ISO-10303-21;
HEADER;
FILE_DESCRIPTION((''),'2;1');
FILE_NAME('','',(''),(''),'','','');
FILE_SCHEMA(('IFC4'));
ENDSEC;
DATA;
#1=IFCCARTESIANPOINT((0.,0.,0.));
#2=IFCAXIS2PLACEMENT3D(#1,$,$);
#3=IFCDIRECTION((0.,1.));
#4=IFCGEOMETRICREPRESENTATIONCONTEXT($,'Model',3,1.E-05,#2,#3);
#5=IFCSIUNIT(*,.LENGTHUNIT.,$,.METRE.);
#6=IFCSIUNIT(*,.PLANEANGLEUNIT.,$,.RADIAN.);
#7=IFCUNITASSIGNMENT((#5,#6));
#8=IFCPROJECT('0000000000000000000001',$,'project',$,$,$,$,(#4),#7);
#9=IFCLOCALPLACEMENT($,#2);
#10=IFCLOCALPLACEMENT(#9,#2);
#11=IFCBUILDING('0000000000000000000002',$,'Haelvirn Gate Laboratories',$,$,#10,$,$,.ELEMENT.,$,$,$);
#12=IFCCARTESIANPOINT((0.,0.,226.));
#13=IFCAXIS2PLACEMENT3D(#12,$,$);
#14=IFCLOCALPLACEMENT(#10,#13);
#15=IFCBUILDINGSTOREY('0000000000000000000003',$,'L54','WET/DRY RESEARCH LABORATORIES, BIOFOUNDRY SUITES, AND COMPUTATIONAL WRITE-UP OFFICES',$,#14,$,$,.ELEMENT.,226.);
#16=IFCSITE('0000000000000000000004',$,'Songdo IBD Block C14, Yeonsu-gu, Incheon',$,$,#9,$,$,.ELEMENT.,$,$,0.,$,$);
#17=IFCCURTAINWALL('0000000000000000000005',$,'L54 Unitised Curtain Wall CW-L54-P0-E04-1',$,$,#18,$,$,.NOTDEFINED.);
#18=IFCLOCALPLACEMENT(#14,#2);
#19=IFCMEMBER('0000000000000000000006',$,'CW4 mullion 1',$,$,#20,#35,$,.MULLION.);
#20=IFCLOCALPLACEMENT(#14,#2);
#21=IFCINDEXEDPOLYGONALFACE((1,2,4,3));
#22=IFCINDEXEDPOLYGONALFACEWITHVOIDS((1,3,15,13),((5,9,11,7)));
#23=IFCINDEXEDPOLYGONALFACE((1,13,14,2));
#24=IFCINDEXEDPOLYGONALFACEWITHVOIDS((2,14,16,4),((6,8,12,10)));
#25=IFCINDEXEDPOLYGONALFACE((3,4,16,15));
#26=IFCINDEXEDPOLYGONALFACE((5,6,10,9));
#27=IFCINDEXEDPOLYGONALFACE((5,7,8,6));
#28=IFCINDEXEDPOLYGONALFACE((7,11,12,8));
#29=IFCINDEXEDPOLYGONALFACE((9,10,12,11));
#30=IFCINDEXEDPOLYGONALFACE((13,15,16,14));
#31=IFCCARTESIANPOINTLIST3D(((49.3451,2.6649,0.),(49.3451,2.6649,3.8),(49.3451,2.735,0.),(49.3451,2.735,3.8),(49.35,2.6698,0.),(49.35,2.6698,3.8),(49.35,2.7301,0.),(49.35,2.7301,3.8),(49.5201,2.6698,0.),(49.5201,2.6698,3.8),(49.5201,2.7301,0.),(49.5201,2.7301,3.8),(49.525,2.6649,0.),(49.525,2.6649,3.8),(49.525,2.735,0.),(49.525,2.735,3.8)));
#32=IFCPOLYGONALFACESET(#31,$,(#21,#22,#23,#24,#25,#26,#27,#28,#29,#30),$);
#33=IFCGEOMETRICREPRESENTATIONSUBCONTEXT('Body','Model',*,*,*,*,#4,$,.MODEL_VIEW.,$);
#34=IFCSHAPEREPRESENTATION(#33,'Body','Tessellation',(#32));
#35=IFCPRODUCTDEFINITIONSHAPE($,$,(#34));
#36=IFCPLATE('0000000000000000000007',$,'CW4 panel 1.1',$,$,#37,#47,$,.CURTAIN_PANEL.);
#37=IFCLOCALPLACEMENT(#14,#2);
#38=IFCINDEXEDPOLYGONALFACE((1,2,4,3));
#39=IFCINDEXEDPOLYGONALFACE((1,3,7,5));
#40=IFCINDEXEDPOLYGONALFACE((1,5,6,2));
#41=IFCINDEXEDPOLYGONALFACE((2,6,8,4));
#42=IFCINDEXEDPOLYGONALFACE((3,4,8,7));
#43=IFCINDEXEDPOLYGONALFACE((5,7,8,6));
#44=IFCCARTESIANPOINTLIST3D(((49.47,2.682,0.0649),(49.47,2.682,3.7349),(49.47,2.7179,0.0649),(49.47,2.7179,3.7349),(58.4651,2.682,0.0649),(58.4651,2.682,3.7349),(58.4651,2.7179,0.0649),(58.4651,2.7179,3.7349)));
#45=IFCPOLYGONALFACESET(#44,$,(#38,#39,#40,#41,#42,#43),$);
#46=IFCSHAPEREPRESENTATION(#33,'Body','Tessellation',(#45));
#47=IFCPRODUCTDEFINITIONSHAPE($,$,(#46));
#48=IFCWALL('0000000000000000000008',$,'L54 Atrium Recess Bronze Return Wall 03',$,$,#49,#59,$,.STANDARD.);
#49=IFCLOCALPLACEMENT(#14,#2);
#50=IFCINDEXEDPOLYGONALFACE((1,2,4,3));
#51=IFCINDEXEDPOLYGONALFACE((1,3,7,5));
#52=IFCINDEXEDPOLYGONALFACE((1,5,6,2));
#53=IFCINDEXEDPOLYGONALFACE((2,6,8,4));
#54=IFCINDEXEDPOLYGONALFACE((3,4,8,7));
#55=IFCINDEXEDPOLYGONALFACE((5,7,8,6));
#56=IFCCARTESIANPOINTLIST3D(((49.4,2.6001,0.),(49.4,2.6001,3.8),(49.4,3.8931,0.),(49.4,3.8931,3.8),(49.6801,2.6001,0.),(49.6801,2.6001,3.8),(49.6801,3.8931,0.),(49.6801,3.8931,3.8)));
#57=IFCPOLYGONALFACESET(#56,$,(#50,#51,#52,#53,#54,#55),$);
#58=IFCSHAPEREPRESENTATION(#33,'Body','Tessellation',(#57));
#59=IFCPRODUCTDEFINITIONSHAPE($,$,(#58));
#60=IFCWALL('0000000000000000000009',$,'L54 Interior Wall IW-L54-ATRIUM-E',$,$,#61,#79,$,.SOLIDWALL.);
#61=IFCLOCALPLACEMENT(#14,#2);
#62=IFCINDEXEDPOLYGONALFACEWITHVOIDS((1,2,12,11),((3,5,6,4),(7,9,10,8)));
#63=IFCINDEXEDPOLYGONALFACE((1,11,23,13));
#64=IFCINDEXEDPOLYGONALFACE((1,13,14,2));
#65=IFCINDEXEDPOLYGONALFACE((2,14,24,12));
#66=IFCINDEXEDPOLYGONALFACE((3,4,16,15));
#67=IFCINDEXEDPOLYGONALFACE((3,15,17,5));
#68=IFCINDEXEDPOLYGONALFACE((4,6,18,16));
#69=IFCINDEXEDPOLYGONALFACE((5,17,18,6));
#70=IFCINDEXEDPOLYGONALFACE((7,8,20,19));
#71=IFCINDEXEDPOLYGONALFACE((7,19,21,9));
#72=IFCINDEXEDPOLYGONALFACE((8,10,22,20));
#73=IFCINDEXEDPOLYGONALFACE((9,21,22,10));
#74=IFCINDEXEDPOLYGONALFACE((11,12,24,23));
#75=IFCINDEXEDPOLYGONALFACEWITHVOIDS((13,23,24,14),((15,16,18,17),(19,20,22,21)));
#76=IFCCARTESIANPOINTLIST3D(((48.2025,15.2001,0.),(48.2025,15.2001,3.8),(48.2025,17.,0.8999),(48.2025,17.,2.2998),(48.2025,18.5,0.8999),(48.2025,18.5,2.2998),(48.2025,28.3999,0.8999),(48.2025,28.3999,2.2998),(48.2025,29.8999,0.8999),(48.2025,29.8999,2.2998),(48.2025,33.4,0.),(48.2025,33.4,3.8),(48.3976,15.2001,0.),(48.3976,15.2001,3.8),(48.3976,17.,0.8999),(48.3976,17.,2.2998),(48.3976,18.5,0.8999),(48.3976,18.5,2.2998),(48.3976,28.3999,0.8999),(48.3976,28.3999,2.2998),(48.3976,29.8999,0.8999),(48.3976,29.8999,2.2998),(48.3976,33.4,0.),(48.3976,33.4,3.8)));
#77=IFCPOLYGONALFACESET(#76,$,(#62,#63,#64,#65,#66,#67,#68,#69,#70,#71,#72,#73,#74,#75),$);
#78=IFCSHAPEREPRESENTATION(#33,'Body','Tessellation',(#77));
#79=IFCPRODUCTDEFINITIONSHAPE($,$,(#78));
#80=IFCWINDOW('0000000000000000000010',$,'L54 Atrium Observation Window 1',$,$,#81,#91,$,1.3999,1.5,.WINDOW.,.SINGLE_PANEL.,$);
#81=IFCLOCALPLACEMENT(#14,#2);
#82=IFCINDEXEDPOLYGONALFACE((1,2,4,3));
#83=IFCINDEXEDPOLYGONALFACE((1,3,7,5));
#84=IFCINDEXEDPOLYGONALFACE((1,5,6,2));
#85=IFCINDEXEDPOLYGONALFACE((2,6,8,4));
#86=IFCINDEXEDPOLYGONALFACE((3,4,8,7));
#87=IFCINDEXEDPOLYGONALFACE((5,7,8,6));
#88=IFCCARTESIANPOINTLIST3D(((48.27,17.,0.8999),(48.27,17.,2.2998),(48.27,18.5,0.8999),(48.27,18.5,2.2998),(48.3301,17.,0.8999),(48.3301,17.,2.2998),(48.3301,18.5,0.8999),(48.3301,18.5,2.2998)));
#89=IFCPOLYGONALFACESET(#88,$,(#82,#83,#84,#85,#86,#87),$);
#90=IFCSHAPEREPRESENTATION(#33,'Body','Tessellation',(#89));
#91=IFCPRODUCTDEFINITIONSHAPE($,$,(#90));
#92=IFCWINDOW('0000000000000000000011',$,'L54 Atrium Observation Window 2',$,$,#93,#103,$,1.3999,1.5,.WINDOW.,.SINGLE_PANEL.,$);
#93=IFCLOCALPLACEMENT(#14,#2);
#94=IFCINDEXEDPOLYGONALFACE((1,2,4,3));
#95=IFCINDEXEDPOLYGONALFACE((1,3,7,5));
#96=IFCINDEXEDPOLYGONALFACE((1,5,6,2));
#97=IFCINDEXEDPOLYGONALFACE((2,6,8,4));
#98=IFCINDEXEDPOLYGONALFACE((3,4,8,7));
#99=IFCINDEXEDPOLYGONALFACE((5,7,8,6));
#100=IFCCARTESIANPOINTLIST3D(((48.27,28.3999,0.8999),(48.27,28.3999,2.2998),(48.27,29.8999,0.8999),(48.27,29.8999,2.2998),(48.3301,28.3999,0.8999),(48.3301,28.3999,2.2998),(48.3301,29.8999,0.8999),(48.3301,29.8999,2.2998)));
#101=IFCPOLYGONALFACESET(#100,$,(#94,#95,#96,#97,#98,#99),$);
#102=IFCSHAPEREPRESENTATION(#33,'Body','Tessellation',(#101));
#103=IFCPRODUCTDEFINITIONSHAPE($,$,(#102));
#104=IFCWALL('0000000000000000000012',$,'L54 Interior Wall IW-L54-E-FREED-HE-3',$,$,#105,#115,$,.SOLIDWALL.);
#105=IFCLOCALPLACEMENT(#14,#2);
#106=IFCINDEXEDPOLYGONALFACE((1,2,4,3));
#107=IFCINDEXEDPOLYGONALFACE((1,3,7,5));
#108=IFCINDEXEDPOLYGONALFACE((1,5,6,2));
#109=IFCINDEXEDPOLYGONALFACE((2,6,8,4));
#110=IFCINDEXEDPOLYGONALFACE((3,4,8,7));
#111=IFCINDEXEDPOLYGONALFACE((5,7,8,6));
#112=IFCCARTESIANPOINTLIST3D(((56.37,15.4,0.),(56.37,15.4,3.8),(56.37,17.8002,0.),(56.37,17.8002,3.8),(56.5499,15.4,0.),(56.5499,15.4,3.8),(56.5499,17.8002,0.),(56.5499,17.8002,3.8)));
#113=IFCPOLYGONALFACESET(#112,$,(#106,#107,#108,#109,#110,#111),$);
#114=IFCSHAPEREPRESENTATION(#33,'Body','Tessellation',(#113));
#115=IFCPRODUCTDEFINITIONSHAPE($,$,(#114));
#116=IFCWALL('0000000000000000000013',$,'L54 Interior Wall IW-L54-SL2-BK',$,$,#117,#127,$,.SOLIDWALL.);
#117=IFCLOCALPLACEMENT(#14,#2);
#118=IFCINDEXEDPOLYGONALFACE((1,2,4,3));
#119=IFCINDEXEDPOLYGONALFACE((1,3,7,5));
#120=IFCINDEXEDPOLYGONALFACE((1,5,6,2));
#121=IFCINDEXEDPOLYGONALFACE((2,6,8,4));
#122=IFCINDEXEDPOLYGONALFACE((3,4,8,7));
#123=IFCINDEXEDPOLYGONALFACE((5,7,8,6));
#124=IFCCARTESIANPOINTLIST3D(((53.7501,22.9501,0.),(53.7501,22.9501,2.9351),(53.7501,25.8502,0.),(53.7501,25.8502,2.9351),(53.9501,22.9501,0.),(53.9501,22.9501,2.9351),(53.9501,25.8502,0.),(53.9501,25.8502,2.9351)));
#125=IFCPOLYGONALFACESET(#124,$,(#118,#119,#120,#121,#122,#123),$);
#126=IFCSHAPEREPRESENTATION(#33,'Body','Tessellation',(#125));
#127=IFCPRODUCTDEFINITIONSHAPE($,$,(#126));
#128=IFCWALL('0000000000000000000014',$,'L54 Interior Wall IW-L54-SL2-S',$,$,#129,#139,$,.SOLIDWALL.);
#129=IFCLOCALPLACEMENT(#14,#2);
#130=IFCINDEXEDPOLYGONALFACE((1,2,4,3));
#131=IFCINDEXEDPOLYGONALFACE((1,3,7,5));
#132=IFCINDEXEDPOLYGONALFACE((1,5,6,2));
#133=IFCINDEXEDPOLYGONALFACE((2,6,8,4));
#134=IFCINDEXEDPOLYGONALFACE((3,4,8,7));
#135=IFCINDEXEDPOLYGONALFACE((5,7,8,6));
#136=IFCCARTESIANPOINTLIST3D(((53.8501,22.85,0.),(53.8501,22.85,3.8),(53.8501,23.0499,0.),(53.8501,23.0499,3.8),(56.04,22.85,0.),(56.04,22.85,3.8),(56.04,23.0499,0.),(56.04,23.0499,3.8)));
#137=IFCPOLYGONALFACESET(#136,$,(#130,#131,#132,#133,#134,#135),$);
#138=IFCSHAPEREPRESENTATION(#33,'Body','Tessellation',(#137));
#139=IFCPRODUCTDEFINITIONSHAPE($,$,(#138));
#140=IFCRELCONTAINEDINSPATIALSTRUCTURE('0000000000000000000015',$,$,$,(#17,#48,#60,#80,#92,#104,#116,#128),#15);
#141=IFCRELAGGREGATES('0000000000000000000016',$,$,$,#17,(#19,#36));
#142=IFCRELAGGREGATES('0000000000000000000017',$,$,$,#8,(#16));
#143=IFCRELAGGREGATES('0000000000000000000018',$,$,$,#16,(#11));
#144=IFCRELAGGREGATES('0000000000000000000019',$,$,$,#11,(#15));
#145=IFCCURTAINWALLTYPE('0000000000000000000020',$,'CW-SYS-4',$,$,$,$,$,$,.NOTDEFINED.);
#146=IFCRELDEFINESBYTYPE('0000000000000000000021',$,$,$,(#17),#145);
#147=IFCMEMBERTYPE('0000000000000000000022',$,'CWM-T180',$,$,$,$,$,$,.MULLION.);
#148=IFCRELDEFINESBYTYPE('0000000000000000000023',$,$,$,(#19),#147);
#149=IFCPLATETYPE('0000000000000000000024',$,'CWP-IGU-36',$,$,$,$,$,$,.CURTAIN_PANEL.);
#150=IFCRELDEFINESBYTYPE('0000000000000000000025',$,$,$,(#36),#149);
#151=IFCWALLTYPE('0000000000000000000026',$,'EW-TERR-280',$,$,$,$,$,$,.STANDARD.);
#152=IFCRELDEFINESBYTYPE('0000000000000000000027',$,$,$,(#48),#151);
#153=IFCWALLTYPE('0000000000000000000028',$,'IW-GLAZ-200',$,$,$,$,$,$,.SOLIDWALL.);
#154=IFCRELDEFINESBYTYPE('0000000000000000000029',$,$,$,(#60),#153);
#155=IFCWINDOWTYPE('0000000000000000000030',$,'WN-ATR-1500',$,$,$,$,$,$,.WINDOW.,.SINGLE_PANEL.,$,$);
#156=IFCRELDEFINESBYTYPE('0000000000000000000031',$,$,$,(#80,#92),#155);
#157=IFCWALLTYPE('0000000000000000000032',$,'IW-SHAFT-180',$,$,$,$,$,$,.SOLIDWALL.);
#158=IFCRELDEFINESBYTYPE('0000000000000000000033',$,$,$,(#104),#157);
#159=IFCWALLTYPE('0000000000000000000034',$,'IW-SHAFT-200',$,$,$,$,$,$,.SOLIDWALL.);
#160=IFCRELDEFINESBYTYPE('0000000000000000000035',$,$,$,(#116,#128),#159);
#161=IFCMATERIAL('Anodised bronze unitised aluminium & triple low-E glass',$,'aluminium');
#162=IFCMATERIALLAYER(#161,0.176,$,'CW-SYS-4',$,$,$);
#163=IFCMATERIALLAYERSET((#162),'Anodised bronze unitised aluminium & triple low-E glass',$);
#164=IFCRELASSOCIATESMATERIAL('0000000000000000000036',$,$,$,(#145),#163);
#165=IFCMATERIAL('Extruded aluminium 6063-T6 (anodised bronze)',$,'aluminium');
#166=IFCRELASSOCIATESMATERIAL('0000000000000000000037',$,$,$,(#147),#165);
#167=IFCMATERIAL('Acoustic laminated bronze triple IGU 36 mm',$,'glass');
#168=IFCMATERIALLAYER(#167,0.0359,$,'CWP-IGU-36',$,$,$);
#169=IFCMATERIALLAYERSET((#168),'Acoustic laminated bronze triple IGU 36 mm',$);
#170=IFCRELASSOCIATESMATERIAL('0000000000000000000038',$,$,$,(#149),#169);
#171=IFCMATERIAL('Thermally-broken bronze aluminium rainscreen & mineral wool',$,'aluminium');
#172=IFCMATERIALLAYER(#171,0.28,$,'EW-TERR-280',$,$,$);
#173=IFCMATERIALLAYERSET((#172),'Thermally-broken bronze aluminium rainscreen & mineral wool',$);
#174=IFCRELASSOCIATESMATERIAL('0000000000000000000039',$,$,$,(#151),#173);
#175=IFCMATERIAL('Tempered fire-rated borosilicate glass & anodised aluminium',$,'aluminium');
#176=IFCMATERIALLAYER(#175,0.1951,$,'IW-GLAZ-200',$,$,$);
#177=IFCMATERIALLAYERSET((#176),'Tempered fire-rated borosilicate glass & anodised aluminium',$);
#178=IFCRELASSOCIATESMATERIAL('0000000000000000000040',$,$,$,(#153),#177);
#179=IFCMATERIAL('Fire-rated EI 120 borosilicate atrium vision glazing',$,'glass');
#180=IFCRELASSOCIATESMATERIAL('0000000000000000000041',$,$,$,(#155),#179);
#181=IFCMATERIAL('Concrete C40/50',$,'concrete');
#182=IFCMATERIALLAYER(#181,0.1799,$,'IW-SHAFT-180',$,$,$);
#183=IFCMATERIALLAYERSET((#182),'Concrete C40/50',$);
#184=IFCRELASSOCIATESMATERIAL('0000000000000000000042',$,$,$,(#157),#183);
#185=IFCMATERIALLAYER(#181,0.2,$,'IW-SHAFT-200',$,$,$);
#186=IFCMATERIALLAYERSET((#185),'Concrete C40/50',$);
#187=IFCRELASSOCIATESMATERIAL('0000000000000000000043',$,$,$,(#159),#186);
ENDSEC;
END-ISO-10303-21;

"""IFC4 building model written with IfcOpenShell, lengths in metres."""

from ifc_helpers import new_model, si_unit, direction, frame, frame_2d, origin, origin_2d, place, context, subcontext, project, spatial, rectangle, hollow_rectangle, extrude, source, transform, mapped, material, layer, layer_set, material_profile, profile_set, type_object, type_shapes, element, fill, aggregate, save


model = new_model("IFC4")

# Units and contexts
model_context = context("Model", 3, precision=1e-05, world=origin(), true_north=direction((0.0, 1.0)))
body_context = subcontext(model_context, "Body", "Model", "MODEL_VIEW")
ifc_project = project(units=[si_unit("LENGTHUNIT", "METRE"), si_unit("PLANEANGLEUNIT", "RADIAN")], contexts=[model_context])

# Site, building, storey
site_placement = place(None, origin())
site = spatial("IfcSite", under=ifc_project, at=site_placement, Name="Songdo IBD Block C14, Yeonsu-gu, Incheon", CompositionType="ELEMENT", RefElevation=0.0)
building_placement = place(site_placement, origin())
building = spatial("IfcBuilding", under=site, at=building_placement, Name="Haelvirn Gate Laboratories", CompositionType="ELEMENT")
storey_placement = place(building_placement, frame((0.0, 0.0, 226.0)))
storey = spatial("IfcBuildingStorey", under=building, at=storey_placement, Name="L54", Description="WET/DRY RESEARCH LABORATORIES, BIOFOUNDRY SUITES, AND COMPUTATIONAL WRITE-UP OFFICES", CompositionType="ELEMENT", Elevation=226.0)

# Curtain wall
ifc_material_1 = material(Name="Anodised bronze unitised aluminium & triple low-E glass", Category="aluminium")
ifc_layer_1 = layer(ifc_material_1, 0.176, Name="CW-SYS-4")
ifc_layer_set_1 = layer_set([ifc_layer_1], Name="Anodised bronze unitised aluminium & triple low-E glass")
curtain_wall_type = type_object("IfcCurtainWallType", Name="CW-SYS-4", PredefinedType="NOTDEFINED", material=ifc_layer_set_1)
curtain_wall_1_placement = place(storey_placement, origin())
curtain_wall_1 = element("IfcCurtainWall", 1, at=curtain_wall_1_placement, inside=storey, type_object=curtain_wall_type, Name="L54 Unitised Curtain Wall CW-L54-P0-E04-1", PredefinedType="NOTDEFINED")
ifc_material_2 = material(Name="Extruded aluminium 6063-T6 (anodised bronze)", Category="aluminium")

# Shared definitions
ifc_material_profile_1 = material_profile(ifc_material_2, hollow_rectangle(XDim=0.0701, YDim=0.1799, WallThickness=0.0049, at=origin_2d()), Name="CWM-180x70x5")
ifc_profile_set_1 = profile_set([ifc_material_profile_1], Name="Extruded aluminium 6063-T6 (anodised bronze)")
member_type_1 = type_object("IfcMemberType", Name="CWM-T180", PredefinedType="MULLION", material=ifc_profile_set_1)
shared_shape_1 = source(origin(), body_context, "Body", "SweptSolid", [
    extrude(hollow_rectangle(XDim=0.0701, YDim=0.1799, WallThickness=0.0049, at=origin_2d()), origin(), (0.0, 0.0, 1.0), 3.8),
])
type_shapes(member_type_1, [shared_shape_1])

# Member
member_1_placement = place(storey_placement, frame((49.4351, 2.7, 0.0), z_axis=(0.0, 0.0, 1.0), x_axis=(0.0, 1.0, 0.0)))
member_1 = element("IfcMember", 2, at=member_1_placement, type_object=member_type_1, Name="CW4 mullion 1", PredefinedType="MULLION", context=body_context, shape_type="MappedRepresentation", body=[
    mapped(shared_shape_1, transform((0.0, 0.0, 0.0), scale=1.0)),
])

# Plate
ifc_material_3 = material(Name="Acoustic laminated bronze triple IGU 36 mm", Category="glass")
ifc_layer_2 = layer(ifc_material_3, 0.0359, Name="CWP-IGU-36")
ifc_layer_set_2 = layer_set([ifc_layer_2], Name="Acoustic laminated bronze triple IGU 36 mm")
plate_type = type_object("IfcPlateType", Name="CWP-IGU-36", PredefinedType="CURTAIN_PANEL", material=ifc_layer_set_2)
shared_shape_2 = source(origin(), body_context, "Body", "SweptSolid", [
    extrude(rectangle(XDim=8.9951, YDim=0.0359, at=origin_2d()), origin(), (0.0, 0.0, 1.0), 3.6699),
])
type_shapes(plate_type, [shared_shape_2])
plate_placement = place(storey_placement, frame((53.9675, 2.7, 0.0649), z_axis=(0.0, 0.0, 1.0), x_axis=(1.0, 0.0, 0.0)))
plate = element("IfcPlate", 3, at=plate_placement, type_object=plate_type, Name="CW4 panel 1.1", PredefinedType="CURTAIN_PANEL", context=body_context, shape_type="MappedRepresentation", body=[
    mapped(shared_shape_2, transform((0.0, 0.0, 0.0), scale=1.0)),
])
aggregate(curtain_wall_1, [member_1, plate])

# Wall
ifc_material_4 = material(Name="Thermally-broken bronze aluminium rainscreen & mineral wool", Category="aluminium")
ifc_layer_3 = layer(ifc_material_4, 0.28, Name="EW-TERR-280")
ifc_layer_set_3 = layer_set([ifc_layer_3], Name="Thermally-broken bronze aluminium rainscreen & mineral wool")
wall_type_1 = type_object("IfcWallType", Name="EW-TERR-280", PredefinedType="STANDARD", material=ifc_layer_set_3)
wall_1_placement = place(storey_placement, frame((49.54, 3.8931, 0.0), z_axis=(0.0, 0.0, 1.0), x_axis=(0.0, -1.0, 0.0)))
element("IfcWall", 4, at=wall_1_placement, inside=storey, type_object=wall_type_1, Name="L54 Atrium Recess Bronze Return Wall 03", PredefinedType="STANDARD", context=body_context, shape_type="SweptSolid", body=[
    extrude(rectangle(XDim=1.293, YDim=0.28, at=frame_2d((0.6465, 0.0))), origin(), (0.0, 0.0, 1.0), 3.8),
])

# Wall, openings, windows
ifc_material_5 = material(Name="Tempered fire-rated borosilicate glass & anodised aluminium", Category="aluminium")
ifc_layer_4 = layer(ifc_material_5, 0.1951, Name="IW-GLAZ-200")
ifc_layer_set_4 = layer_set([ifc_layer_4], Name="Tempered fire-rated borosilicate glass & anodised aluminium")
wall_type_2 = type_object("IfcWallType", Name="IW-GLAZ-200", PredefinedType="SOLIDWALL", material=ifc_layer_set_4)
wall_2_placement = place(storey_placement, frame((48.3, 15.2, 0.0), z_axis=(0.0, 0.0, 1.0), x_axis=(0.0, 1.0, 0.0)))
wall_2 = element("IfcWall", 5, at=wall_2_placement, inside=storey, type_object=wall_type_2, Name="L54 Interior Wall IW-L54-ATRIUM-E", PredefinedType="SOLIDWALL", context=body_context, shape_type="SweptSolid", body=[
    extrude(rectangle(XDim=18.2, YDim=0.1951, at=frame_2d((9.1001, 0.0))), origin(), (0.0, 0.0, 1.0), 3.8),
])
opening_1_placement = place(wall_2_placement, frame((1.8, 0.0, 0.8999)))
opening_1 = element("IfcOpeningElement", 6, at=opening_1_placement, cuts=wall_2, PredefinedType="OPENING", context=body_context, shape_type="SweptSolid", body=[
    extrude(rectangle(XDim=1.5, YDim=1.3999, at=frame_2d((0.75, 0.7))), frame((0.0, 0.1074, 0.0), z_axis=(0.0, -1.0, 0.0), x_axis=(1.0, 0.0, 0.0)), (0.0, 0.0, 1.0), 0.2151),
])
opening_2_placement = place(wall_2_placement, frame((13.2, 0.0, 0.8999)))
opening_2 = element("IfcOpeningElement", 7, at=opening_2_placement, cuts=wall_2, PredefinedType="OPENING", context=body_context, shape_type="SweptSolid", body=[
    extrude(rectangle(XDim=1.5, YDim=1.3999, at=frame_2d((0.75, 0.7))), frame((0.0, 0.1074, 0.0), z_axis=(0.0, -1.0, 0.0), x_axis=(1.0, 0.0, 0.0)), (0.0, 0.0, 1.0), 0.2151),
])
ifc_material_6 = material(Name="Fire-rated EI 120 borosilicate atrium vision glazing", Category="glass")
window_type = type_object("IfcWindowType", Name="WN-ATR-1500", PartitioningType="SINGLE_PANEL", PredefinedType="WINDOW", material=ifc_material_6)
shared_shape_3 = source(origin(), body_context, "Body", "SweptSolid", [
    extrude(rectangle(XDim=1.5, YDim=1.3999, at=frame_2d((0.75, 0.7))), frame((0.0, 0.03, 0.0), z_axis=(0.0, -1.0, 0.0), x_axis=(1.0, 0.0, 0.0)), (0.0, 0.0, 1.0), 0.0601),
])
type_shapes(window_type, [shared_shape_3])
window_1_placement = place(opening_1_placement, origin())
window_1 = element("IfcWindow", 8, at=window_1_placement, inside=storey, type_object=window_type, Name="L54 Atrium Observation Window 1", OverallHeight=1.3999, OverallWidth=1.5, PartitioningType="SINGLE_PANEL", PredefinedType="WINDOW", context=body_context, shape_type="MappedRepresentation", body=[
    mapped(shared_shape_3, transform((0.0, 0.0, 0.0), scale=1.0)),
])
fill(opening_1, window_1)
window_2_placement = place(opening_2_placement, origin())
window_2 = element("IfcWindow", 9, at=window_2_placement, inside=storey, type_object=window_type, Name="L54 Atrium Observation Window 2", OverallHeight=1.3999, OverallWidth=1.5, PartitioningType="SINGLE_PANEL", PredefinedType="WINDOW", context=body_context, shape_type="MappedRepresentation", body=[
    mapped(shared_shape_3, transform((0.0, 0.0, 0.0), scale=1.0)),
])
fill(opening_2, window_2)

# Shared definitions
ifc_material_7 = material(Name="Concrete C40/50", Category="concrete")
ifc_layer_5 = layer(ifc_material_7, 0.1799, Name="IW-SHAFT-180")
ifc_layer_set_5 = layer_set([ifc_layer_5], Name="Concrete C40/50")
wall_type_3 = type_object("IfcWallType", Name="IW-SHAFT-180", PredefinedType="SOLIDWALL", material=ifc_layer_set_5)

# Walls
wall_3_placement = place(storey_placement, frame((56.46, 15.3999, 0.0), z_axis=(0.0, 0.0, 1.0), x_axis=(0.0, 1.0, 0.0)))
element("IfcWall", 10, at=wall_3_placement, inside=storey, type_object=wall_type_3, Name="L54 Interior Wall IW-L54-E-FREED-HE-3", PredefinedType="SOLIDWALL", context=body_context, shape_type="SweptSolid", body=[
    extrude(rectangle(XDim=2.4001, YDim=0.1799, at=frame_2d((1.2002, 0.0))), origin(), (0.0, 0.0, 1.0), 3.8),
])
ifc_layer_6 = layer(ifc_material_7, 0.2, Name="IW-SHAFT-200")
ifc_layer_set_6 = layer_set([ifc_layer_6], Name="Concrete C40/50")
wall_type_4 = type_object("IfcWallType", Name="IW-SHAFT-200", PredefinedType="SOLIDWALL", material=ifc_layer_set_6)
wall_4_placement = place(storey_placement, frame((53.8501, 22.95, 0.0), z_axis=(0.0, 0.0, 1.0), x_axis=(0.0, 1.0, 0.0)))
element("IfcWall", 11, at=wall_4_placement, inside=storey, type_object=wall_type_4, Name="L54 Interior Wall IW-L54-SL2-BK", PredefinedType="SOLIDWALL", context=body_context, shape_type="SweptSolid", body=[
    extrude(rectangle(XDim=2.9001, YDim=0.2, at=frame_2d((1.4502, 0.0))), origin(), (0.0, 0.0, 1.0), 2.9351),
])
wall_5_placement = place(storey_placement, frame((53.8501, 22.95, 0.0), z_axis=(0.0, 0.0, 1.0), x_axis=(1.0, 0.0, 0.0)))
element("IfcWall", 12, at=wall_5_placement, inside=storey, type_object=wall_type_4, Name="L54 Interior Wall IW-L54-SL2-S", PredefinedType="SOLIDWALL", context=body_context, shape_type="SweptSolid", body=[
    extrude(rectangle(XDim=2.1899, YDim=0.2, at=frame_2d((1.095, 0.0))), origin(), (0.0, 0.0, 1.0), 3.8),
])

save(model, "model.ifc")
